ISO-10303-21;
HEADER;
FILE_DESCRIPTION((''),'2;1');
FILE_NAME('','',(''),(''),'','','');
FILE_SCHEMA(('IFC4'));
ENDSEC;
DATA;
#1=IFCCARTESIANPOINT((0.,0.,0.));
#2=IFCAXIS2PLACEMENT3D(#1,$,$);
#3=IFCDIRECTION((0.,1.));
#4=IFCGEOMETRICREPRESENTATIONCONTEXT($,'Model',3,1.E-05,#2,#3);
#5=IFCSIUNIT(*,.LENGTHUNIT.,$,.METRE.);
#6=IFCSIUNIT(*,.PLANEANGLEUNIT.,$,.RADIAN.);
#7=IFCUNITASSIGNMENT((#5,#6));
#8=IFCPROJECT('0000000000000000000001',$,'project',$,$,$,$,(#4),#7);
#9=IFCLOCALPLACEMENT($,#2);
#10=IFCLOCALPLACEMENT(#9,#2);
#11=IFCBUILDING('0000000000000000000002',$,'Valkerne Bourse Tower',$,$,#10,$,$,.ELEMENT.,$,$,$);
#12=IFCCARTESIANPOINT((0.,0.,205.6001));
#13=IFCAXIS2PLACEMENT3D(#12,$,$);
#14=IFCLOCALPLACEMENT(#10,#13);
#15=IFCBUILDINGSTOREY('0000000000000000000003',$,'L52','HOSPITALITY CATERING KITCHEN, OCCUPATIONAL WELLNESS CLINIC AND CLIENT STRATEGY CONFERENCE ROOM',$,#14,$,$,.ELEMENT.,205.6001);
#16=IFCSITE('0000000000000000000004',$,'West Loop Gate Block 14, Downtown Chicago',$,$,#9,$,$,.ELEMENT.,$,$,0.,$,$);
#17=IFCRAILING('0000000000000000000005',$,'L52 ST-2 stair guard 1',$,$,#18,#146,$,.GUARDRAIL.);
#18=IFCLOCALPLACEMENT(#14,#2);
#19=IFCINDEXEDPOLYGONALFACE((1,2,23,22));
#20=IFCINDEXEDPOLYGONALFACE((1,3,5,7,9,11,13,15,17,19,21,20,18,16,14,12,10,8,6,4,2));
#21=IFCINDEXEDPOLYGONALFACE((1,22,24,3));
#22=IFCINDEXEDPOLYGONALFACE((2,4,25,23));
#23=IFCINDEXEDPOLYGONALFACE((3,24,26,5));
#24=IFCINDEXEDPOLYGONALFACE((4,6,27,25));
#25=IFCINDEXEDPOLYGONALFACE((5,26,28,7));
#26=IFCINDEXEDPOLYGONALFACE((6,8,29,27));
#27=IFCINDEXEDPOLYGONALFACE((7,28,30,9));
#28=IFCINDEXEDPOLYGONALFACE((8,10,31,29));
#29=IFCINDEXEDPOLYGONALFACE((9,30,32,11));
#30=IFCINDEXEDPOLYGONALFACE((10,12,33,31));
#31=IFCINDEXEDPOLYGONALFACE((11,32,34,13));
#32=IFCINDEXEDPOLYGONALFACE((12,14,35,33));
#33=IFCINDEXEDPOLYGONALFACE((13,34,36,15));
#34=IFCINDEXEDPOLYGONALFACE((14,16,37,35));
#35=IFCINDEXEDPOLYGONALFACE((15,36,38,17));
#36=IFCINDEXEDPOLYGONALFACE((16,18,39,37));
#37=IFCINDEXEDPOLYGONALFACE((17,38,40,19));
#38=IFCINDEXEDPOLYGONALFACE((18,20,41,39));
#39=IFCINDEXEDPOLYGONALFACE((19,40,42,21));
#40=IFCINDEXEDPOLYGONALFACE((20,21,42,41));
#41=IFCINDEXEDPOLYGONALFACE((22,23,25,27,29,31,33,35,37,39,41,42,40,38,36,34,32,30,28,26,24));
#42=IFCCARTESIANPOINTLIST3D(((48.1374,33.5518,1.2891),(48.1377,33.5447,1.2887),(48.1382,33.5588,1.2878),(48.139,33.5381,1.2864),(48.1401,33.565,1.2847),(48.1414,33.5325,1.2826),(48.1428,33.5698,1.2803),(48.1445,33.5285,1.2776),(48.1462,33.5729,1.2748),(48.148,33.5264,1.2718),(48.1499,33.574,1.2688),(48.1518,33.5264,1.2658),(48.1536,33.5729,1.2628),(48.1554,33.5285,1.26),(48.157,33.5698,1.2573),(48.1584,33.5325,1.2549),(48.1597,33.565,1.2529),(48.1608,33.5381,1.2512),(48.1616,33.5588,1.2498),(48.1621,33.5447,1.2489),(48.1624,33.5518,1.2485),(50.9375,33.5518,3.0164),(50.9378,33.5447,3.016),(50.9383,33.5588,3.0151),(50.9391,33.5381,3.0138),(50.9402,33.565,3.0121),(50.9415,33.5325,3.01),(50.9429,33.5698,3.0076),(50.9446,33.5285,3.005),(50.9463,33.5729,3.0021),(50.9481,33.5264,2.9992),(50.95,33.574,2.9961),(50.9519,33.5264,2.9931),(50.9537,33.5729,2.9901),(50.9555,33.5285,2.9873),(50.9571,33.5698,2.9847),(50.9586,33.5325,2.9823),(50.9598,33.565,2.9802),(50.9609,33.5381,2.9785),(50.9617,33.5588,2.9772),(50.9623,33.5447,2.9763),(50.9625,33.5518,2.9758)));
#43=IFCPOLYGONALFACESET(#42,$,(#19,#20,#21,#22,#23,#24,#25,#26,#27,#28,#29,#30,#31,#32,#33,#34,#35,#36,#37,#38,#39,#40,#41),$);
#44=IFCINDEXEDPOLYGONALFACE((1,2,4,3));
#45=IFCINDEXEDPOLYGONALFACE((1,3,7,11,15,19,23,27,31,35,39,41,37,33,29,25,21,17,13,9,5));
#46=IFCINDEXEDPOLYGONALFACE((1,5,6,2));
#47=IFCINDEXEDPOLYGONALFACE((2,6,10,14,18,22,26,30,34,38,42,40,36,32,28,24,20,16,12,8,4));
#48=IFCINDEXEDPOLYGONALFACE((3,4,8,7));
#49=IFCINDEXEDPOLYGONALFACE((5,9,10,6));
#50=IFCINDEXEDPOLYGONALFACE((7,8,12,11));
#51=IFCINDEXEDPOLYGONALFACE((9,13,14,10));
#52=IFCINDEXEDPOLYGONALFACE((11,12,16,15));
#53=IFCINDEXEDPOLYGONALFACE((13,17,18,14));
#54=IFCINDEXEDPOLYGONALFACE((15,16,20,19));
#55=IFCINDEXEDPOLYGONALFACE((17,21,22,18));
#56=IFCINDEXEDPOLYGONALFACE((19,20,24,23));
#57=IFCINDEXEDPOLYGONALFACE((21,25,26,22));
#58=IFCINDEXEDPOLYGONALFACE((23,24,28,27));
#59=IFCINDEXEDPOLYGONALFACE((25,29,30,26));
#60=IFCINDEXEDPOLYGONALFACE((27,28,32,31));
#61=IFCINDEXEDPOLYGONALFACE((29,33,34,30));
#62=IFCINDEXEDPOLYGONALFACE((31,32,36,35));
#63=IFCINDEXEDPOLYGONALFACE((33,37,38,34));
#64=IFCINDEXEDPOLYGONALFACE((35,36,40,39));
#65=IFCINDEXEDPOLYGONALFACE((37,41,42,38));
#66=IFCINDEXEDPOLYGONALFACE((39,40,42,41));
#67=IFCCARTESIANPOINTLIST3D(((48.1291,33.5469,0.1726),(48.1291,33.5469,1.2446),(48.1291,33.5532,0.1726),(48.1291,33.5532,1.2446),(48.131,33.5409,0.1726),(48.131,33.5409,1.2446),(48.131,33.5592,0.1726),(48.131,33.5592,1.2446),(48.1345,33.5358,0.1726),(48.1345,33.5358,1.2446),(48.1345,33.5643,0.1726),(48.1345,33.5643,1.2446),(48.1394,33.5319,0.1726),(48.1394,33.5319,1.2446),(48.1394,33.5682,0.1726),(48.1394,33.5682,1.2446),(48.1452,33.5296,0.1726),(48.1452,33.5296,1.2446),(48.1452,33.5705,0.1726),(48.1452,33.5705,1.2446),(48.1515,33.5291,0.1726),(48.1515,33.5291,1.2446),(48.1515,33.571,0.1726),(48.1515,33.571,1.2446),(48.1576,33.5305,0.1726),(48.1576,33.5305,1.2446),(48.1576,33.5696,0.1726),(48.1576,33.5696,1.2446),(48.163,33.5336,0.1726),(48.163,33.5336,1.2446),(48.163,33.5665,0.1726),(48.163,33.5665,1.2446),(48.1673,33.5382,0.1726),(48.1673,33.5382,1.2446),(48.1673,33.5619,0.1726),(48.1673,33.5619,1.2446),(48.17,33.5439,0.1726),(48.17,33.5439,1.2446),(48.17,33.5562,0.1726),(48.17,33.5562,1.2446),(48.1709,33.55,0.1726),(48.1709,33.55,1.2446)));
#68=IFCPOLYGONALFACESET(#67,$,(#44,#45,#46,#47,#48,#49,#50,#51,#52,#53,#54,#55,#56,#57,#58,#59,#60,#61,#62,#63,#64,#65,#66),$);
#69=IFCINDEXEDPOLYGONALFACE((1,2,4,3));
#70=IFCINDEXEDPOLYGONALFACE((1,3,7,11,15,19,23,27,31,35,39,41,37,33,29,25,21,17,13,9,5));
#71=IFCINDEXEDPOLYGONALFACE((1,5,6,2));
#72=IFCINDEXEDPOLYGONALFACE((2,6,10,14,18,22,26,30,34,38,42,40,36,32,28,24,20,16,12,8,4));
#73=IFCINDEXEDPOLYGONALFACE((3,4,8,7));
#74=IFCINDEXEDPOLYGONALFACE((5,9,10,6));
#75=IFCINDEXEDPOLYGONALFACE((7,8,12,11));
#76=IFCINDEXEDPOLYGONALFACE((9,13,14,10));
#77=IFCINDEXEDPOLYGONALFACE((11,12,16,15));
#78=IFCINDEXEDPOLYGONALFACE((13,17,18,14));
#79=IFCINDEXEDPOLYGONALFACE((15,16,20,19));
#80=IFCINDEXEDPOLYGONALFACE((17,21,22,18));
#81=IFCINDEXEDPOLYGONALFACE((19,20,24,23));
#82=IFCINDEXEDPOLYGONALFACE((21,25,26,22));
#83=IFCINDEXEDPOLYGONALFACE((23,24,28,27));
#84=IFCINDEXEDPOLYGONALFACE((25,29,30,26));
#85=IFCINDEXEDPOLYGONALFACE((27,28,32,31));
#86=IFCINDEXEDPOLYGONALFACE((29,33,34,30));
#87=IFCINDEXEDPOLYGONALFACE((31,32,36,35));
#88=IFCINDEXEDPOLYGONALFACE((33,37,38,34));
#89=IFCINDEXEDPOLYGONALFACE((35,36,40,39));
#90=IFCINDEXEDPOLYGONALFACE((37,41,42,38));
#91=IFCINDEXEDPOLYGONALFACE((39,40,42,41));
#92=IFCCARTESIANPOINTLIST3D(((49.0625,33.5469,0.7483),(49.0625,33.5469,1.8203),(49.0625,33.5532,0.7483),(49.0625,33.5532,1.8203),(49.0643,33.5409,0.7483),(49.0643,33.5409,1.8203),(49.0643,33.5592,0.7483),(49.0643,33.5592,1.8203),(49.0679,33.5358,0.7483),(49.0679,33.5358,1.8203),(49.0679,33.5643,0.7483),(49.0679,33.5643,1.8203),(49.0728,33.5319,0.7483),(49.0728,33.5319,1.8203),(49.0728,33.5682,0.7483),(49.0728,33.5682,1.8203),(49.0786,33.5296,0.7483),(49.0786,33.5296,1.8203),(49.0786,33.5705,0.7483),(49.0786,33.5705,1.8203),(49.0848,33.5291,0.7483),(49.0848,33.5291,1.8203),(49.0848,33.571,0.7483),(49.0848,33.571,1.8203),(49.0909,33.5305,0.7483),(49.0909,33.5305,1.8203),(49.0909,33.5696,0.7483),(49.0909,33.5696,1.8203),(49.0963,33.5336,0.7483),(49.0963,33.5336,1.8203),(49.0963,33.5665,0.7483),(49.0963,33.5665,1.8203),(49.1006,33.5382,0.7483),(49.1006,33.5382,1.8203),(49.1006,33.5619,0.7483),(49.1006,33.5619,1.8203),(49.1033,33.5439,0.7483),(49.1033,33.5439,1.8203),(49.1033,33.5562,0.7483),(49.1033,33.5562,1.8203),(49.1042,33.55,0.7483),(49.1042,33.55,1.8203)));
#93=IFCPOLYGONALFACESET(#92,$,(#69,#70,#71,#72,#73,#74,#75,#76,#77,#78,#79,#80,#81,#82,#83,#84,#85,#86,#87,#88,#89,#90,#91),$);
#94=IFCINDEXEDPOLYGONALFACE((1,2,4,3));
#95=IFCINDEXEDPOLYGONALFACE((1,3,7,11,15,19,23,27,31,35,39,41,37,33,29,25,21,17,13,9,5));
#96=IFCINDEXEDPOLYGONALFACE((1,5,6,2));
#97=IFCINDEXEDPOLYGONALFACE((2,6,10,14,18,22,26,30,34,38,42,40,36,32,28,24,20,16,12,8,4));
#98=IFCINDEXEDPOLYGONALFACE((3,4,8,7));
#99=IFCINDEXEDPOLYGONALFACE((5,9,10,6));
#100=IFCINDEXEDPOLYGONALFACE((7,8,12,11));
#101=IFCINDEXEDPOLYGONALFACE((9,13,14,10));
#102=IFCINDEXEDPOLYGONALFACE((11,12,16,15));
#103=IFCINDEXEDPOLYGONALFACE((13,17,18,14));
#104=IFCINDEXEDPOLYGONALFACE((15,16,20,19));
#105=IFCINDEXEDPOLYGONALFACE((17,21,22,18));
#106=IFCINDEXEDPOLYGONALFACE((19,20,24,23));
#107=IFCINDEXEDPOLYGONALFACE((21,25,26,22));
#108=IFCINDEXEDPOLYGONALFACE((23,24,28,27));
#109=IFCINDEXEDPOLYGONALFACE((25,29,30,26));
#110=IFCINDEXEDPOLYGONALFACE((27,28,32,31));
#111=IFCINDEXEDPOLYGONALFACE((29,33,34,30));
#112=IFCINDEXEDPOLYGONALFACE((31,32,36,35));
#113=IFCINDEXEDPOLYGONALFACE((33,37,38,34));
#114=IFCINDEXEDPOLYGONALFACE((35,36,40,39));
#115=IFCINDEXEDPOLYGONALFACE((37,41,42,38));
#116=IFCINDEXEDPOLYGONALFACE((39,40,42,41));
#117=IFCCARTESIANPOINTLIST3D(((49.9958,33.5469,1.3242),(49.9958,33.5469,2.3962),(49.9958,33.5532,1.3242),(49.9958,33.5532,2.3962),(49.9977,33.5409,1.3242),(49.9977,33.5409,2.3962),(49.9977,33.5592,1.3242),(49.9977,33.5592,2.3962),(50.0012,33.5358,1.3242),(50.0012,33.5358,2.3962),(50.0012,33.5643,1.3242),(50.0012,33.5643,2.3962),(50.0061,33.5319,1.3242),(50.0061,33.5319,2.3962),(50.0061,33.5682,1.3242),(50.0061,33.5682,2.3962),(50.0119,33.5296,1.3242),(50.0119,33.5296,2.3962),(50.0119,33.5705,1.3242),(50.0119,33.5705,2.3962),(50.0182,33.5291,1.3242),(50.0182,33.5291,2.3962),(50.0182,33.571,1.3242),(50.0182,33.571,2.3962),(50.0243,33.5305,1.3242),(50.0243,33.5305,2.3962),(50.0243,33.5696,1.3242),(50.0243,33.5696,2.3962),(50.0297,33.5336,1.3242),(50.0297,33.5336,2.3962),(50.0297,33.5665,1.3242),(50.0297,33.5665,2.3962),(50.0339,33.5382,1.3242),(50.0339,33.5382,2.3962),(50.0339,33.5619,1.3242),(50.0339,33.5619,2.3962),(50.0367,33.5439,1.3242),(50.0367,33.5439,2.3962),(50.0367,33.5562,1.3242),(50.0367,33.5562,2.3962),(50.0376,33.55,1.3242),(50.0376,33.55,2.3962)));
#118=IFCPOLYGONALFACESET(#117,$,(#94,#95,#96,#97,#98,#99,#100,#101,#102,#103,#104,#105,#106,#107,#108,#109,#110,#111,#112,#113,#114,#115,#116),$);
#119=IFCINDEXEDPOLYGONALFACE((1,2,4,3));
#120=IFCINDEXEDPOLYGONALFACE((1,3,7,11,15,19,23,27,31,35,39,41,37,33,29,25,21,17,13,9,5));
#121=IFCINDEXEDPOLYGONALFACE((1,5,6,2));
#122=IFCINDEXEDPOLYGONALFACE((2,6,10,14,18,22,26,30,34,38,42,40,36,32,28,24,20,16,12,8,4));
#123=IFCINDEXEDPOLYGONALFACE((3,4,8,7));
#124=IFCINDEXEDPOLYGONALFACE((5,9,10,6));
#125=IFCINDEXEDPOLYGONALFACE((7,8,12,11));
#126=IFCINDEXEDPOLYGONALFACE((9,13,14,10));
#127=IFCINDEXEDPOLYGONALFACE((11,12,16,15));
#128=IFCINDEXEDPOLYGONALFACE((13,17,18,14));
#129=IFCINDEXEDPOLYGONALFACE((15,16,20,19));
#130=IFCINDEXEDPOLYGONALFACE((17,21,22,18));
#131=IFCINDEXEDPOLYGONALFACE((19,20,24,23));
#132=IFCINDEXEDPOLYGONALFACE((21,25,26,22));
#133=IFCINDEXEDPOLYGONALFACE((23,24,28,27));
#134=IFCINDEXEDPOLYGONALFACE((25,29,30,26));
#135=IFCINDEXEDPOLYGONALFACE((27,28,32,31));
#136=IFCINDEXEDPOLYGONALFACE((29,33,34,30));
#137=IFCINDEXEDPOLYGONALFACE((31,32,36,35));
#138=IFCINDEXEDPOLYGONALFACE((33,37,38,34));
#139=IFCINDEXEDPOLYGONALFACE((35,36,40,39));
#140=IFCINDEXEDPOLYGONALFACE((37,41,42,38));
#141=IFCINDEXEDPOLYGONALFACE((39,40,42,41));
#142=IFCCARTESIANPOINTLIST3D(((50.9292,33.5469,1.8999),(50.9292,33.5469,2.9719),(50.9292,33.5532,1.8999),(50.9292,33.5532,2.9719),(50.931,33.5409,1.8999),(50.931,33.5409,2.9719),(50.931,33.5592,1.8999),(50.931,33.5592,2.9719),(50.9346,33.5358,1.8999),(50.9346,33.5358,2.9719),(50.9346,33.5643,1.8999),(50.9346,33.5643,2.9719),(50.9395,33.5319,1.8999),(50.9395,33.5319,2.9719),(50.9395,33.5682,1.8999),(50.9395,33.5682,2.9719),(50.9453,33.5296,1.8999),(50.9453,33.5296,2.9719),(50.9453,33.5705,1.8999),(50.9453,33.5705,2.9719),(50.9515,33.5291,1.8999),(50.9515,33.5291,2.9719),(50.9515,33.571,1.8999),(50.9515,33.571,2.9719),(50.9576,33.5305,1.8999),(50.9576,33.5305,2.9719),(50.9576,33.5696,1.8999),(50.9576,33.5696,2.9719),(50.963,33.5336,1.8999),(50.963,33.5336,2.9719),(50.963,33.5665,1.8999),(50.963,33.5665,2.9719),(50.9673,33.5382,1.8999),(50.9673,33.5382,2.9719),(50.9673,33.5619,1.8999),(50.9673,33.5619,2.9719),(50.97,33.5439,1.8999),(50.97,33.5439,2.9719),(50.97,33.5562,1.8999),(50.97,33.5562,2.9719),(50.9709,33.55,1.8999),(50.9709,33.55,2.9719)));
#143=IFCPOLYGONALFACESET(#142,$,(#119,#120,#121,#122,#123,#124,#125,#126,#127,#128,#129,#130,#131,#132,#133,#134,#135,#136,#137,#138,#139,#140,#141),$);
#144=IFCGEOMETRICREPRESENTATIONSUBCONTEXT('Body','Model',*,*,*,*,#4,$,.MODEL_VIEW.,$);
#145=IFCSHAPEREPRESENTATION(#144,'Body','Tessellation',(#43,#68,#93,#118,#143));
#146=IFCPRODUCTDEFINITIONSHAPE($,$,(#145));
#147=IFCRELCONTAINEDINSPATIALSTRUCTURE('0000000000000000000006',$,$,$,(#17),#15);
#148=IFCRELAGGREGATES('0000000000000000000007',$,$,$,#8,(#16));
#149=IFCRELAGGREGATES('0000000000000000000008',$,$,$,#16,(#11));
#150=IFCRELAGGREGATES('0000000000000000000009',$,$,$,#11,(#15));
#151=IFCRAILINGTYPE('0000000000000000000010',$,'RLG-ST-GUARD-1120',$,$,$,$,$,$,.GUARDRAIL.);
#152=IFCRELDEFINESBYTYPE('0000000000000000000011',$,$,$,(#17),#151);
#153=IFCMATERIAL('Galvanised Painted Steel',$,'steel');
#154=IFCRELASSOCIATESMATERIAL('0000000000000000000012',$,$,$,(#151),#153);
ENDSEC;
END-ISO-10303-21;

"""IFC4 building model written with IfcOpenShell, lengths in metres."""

from ifc_helpers import new_model, si_unit, direction, frame, origin, origin_2d, place, context, subcontext, project, spatial, circle, extrude, material, type_object, element, save


model = new_model("IFC4")

# Units and contexts
model_context = context("Model", 3, precision=1e-05, world=origin(), true_north=direction((0.0, 1.0)))
body_context = subcontext(model_context, "Body", "Model", "MODEL_VIEW")
ifc_project = project(units=[si_unit("LENGTHUNIT", "METRE"), si_unit("PLANEANGLEUNIT", "RADIAN")], contexts=[model_context])

# Site, building, storey
site_placement = place(None, origin())
site = spatial("IfcSite", under=ifc_project, at=site_placement, Name="West Loop Gate Block 14, Downtown Chicago", CompositionType="ELEMENT", RefElevation=0.0)
building_placement = place(site_placement, origin())
building = spatial("IfcBuilding", under=site, at=building_placement, Name="Valkerne Bourse Tower", CompositionType="ELEMENT")
storey_placement = place(building_placement, frame((0.0, 0.0, 205.6001)))
storey = spatial("IfcBuildingStorey", under=building, at=storey_placement, Name="L52", Description="HOSPITALITY CATERING KITCHEN, OCCUPATIONAL WELLNESS CLINIC AND CLIENT STRATEGY CONFERENCE ROOM", CompositionType="ELEMENT", Elevation=205.6001)

# Shared definitions
ifc_material_1 = material(Name="Galvanised Painted Steel", Category="steel")

# Railing
railing_type_1 = type_object("IfcRailingType", Name="RLG-ST-GUARD-1120", PredefinedType="GUARDRAIL", material=ifc_material_1)
railing_1_placement = place(storey_placement, frame((48.1499, 33.55, 0.1726)))
element("IfcRailing", 1, at=railing_1_placement, inside=storey, type_object=railing_type_1, Name="L52 ST-2 stair guard 1", PredefinedType="GUARDRAIL", context=body_context, shape_type="SweptSolid", body=[
    extrude(circle(Radius=0.0239, at=origin_2d()), frame((0.0, 0.0, 1.0962), z_axis=(0.85109, 0.0, 0.52502), x_axis=(0.0, 1.0, 0.0)), (0.0, 0.0, 1.0), 3.29),
    extrude(circle(Radius=0.021, at=origin_2d()), origin(), (0.0, 0.0, 1.0), 1.072),
    extrude(circle(Radius=0.021, at=origin_2d()), frame((0.9333, 0.0, 0.5757)), (0.0, 0.0, 1.0), 1.072),
    extrude(circle(Radius=0.021, at=origin_2d()), frame((1.8667, 0.0, 1.1516)), (0.0, 0.0, 1.0), 1.072),
    extrude(circle(Radius=0.021, at=origin_2d()), frame((2.8, 0.0, 1.7273)), (0.0, 0.0, 1.0), 1.072),
])

save(model, "model.ifc")
